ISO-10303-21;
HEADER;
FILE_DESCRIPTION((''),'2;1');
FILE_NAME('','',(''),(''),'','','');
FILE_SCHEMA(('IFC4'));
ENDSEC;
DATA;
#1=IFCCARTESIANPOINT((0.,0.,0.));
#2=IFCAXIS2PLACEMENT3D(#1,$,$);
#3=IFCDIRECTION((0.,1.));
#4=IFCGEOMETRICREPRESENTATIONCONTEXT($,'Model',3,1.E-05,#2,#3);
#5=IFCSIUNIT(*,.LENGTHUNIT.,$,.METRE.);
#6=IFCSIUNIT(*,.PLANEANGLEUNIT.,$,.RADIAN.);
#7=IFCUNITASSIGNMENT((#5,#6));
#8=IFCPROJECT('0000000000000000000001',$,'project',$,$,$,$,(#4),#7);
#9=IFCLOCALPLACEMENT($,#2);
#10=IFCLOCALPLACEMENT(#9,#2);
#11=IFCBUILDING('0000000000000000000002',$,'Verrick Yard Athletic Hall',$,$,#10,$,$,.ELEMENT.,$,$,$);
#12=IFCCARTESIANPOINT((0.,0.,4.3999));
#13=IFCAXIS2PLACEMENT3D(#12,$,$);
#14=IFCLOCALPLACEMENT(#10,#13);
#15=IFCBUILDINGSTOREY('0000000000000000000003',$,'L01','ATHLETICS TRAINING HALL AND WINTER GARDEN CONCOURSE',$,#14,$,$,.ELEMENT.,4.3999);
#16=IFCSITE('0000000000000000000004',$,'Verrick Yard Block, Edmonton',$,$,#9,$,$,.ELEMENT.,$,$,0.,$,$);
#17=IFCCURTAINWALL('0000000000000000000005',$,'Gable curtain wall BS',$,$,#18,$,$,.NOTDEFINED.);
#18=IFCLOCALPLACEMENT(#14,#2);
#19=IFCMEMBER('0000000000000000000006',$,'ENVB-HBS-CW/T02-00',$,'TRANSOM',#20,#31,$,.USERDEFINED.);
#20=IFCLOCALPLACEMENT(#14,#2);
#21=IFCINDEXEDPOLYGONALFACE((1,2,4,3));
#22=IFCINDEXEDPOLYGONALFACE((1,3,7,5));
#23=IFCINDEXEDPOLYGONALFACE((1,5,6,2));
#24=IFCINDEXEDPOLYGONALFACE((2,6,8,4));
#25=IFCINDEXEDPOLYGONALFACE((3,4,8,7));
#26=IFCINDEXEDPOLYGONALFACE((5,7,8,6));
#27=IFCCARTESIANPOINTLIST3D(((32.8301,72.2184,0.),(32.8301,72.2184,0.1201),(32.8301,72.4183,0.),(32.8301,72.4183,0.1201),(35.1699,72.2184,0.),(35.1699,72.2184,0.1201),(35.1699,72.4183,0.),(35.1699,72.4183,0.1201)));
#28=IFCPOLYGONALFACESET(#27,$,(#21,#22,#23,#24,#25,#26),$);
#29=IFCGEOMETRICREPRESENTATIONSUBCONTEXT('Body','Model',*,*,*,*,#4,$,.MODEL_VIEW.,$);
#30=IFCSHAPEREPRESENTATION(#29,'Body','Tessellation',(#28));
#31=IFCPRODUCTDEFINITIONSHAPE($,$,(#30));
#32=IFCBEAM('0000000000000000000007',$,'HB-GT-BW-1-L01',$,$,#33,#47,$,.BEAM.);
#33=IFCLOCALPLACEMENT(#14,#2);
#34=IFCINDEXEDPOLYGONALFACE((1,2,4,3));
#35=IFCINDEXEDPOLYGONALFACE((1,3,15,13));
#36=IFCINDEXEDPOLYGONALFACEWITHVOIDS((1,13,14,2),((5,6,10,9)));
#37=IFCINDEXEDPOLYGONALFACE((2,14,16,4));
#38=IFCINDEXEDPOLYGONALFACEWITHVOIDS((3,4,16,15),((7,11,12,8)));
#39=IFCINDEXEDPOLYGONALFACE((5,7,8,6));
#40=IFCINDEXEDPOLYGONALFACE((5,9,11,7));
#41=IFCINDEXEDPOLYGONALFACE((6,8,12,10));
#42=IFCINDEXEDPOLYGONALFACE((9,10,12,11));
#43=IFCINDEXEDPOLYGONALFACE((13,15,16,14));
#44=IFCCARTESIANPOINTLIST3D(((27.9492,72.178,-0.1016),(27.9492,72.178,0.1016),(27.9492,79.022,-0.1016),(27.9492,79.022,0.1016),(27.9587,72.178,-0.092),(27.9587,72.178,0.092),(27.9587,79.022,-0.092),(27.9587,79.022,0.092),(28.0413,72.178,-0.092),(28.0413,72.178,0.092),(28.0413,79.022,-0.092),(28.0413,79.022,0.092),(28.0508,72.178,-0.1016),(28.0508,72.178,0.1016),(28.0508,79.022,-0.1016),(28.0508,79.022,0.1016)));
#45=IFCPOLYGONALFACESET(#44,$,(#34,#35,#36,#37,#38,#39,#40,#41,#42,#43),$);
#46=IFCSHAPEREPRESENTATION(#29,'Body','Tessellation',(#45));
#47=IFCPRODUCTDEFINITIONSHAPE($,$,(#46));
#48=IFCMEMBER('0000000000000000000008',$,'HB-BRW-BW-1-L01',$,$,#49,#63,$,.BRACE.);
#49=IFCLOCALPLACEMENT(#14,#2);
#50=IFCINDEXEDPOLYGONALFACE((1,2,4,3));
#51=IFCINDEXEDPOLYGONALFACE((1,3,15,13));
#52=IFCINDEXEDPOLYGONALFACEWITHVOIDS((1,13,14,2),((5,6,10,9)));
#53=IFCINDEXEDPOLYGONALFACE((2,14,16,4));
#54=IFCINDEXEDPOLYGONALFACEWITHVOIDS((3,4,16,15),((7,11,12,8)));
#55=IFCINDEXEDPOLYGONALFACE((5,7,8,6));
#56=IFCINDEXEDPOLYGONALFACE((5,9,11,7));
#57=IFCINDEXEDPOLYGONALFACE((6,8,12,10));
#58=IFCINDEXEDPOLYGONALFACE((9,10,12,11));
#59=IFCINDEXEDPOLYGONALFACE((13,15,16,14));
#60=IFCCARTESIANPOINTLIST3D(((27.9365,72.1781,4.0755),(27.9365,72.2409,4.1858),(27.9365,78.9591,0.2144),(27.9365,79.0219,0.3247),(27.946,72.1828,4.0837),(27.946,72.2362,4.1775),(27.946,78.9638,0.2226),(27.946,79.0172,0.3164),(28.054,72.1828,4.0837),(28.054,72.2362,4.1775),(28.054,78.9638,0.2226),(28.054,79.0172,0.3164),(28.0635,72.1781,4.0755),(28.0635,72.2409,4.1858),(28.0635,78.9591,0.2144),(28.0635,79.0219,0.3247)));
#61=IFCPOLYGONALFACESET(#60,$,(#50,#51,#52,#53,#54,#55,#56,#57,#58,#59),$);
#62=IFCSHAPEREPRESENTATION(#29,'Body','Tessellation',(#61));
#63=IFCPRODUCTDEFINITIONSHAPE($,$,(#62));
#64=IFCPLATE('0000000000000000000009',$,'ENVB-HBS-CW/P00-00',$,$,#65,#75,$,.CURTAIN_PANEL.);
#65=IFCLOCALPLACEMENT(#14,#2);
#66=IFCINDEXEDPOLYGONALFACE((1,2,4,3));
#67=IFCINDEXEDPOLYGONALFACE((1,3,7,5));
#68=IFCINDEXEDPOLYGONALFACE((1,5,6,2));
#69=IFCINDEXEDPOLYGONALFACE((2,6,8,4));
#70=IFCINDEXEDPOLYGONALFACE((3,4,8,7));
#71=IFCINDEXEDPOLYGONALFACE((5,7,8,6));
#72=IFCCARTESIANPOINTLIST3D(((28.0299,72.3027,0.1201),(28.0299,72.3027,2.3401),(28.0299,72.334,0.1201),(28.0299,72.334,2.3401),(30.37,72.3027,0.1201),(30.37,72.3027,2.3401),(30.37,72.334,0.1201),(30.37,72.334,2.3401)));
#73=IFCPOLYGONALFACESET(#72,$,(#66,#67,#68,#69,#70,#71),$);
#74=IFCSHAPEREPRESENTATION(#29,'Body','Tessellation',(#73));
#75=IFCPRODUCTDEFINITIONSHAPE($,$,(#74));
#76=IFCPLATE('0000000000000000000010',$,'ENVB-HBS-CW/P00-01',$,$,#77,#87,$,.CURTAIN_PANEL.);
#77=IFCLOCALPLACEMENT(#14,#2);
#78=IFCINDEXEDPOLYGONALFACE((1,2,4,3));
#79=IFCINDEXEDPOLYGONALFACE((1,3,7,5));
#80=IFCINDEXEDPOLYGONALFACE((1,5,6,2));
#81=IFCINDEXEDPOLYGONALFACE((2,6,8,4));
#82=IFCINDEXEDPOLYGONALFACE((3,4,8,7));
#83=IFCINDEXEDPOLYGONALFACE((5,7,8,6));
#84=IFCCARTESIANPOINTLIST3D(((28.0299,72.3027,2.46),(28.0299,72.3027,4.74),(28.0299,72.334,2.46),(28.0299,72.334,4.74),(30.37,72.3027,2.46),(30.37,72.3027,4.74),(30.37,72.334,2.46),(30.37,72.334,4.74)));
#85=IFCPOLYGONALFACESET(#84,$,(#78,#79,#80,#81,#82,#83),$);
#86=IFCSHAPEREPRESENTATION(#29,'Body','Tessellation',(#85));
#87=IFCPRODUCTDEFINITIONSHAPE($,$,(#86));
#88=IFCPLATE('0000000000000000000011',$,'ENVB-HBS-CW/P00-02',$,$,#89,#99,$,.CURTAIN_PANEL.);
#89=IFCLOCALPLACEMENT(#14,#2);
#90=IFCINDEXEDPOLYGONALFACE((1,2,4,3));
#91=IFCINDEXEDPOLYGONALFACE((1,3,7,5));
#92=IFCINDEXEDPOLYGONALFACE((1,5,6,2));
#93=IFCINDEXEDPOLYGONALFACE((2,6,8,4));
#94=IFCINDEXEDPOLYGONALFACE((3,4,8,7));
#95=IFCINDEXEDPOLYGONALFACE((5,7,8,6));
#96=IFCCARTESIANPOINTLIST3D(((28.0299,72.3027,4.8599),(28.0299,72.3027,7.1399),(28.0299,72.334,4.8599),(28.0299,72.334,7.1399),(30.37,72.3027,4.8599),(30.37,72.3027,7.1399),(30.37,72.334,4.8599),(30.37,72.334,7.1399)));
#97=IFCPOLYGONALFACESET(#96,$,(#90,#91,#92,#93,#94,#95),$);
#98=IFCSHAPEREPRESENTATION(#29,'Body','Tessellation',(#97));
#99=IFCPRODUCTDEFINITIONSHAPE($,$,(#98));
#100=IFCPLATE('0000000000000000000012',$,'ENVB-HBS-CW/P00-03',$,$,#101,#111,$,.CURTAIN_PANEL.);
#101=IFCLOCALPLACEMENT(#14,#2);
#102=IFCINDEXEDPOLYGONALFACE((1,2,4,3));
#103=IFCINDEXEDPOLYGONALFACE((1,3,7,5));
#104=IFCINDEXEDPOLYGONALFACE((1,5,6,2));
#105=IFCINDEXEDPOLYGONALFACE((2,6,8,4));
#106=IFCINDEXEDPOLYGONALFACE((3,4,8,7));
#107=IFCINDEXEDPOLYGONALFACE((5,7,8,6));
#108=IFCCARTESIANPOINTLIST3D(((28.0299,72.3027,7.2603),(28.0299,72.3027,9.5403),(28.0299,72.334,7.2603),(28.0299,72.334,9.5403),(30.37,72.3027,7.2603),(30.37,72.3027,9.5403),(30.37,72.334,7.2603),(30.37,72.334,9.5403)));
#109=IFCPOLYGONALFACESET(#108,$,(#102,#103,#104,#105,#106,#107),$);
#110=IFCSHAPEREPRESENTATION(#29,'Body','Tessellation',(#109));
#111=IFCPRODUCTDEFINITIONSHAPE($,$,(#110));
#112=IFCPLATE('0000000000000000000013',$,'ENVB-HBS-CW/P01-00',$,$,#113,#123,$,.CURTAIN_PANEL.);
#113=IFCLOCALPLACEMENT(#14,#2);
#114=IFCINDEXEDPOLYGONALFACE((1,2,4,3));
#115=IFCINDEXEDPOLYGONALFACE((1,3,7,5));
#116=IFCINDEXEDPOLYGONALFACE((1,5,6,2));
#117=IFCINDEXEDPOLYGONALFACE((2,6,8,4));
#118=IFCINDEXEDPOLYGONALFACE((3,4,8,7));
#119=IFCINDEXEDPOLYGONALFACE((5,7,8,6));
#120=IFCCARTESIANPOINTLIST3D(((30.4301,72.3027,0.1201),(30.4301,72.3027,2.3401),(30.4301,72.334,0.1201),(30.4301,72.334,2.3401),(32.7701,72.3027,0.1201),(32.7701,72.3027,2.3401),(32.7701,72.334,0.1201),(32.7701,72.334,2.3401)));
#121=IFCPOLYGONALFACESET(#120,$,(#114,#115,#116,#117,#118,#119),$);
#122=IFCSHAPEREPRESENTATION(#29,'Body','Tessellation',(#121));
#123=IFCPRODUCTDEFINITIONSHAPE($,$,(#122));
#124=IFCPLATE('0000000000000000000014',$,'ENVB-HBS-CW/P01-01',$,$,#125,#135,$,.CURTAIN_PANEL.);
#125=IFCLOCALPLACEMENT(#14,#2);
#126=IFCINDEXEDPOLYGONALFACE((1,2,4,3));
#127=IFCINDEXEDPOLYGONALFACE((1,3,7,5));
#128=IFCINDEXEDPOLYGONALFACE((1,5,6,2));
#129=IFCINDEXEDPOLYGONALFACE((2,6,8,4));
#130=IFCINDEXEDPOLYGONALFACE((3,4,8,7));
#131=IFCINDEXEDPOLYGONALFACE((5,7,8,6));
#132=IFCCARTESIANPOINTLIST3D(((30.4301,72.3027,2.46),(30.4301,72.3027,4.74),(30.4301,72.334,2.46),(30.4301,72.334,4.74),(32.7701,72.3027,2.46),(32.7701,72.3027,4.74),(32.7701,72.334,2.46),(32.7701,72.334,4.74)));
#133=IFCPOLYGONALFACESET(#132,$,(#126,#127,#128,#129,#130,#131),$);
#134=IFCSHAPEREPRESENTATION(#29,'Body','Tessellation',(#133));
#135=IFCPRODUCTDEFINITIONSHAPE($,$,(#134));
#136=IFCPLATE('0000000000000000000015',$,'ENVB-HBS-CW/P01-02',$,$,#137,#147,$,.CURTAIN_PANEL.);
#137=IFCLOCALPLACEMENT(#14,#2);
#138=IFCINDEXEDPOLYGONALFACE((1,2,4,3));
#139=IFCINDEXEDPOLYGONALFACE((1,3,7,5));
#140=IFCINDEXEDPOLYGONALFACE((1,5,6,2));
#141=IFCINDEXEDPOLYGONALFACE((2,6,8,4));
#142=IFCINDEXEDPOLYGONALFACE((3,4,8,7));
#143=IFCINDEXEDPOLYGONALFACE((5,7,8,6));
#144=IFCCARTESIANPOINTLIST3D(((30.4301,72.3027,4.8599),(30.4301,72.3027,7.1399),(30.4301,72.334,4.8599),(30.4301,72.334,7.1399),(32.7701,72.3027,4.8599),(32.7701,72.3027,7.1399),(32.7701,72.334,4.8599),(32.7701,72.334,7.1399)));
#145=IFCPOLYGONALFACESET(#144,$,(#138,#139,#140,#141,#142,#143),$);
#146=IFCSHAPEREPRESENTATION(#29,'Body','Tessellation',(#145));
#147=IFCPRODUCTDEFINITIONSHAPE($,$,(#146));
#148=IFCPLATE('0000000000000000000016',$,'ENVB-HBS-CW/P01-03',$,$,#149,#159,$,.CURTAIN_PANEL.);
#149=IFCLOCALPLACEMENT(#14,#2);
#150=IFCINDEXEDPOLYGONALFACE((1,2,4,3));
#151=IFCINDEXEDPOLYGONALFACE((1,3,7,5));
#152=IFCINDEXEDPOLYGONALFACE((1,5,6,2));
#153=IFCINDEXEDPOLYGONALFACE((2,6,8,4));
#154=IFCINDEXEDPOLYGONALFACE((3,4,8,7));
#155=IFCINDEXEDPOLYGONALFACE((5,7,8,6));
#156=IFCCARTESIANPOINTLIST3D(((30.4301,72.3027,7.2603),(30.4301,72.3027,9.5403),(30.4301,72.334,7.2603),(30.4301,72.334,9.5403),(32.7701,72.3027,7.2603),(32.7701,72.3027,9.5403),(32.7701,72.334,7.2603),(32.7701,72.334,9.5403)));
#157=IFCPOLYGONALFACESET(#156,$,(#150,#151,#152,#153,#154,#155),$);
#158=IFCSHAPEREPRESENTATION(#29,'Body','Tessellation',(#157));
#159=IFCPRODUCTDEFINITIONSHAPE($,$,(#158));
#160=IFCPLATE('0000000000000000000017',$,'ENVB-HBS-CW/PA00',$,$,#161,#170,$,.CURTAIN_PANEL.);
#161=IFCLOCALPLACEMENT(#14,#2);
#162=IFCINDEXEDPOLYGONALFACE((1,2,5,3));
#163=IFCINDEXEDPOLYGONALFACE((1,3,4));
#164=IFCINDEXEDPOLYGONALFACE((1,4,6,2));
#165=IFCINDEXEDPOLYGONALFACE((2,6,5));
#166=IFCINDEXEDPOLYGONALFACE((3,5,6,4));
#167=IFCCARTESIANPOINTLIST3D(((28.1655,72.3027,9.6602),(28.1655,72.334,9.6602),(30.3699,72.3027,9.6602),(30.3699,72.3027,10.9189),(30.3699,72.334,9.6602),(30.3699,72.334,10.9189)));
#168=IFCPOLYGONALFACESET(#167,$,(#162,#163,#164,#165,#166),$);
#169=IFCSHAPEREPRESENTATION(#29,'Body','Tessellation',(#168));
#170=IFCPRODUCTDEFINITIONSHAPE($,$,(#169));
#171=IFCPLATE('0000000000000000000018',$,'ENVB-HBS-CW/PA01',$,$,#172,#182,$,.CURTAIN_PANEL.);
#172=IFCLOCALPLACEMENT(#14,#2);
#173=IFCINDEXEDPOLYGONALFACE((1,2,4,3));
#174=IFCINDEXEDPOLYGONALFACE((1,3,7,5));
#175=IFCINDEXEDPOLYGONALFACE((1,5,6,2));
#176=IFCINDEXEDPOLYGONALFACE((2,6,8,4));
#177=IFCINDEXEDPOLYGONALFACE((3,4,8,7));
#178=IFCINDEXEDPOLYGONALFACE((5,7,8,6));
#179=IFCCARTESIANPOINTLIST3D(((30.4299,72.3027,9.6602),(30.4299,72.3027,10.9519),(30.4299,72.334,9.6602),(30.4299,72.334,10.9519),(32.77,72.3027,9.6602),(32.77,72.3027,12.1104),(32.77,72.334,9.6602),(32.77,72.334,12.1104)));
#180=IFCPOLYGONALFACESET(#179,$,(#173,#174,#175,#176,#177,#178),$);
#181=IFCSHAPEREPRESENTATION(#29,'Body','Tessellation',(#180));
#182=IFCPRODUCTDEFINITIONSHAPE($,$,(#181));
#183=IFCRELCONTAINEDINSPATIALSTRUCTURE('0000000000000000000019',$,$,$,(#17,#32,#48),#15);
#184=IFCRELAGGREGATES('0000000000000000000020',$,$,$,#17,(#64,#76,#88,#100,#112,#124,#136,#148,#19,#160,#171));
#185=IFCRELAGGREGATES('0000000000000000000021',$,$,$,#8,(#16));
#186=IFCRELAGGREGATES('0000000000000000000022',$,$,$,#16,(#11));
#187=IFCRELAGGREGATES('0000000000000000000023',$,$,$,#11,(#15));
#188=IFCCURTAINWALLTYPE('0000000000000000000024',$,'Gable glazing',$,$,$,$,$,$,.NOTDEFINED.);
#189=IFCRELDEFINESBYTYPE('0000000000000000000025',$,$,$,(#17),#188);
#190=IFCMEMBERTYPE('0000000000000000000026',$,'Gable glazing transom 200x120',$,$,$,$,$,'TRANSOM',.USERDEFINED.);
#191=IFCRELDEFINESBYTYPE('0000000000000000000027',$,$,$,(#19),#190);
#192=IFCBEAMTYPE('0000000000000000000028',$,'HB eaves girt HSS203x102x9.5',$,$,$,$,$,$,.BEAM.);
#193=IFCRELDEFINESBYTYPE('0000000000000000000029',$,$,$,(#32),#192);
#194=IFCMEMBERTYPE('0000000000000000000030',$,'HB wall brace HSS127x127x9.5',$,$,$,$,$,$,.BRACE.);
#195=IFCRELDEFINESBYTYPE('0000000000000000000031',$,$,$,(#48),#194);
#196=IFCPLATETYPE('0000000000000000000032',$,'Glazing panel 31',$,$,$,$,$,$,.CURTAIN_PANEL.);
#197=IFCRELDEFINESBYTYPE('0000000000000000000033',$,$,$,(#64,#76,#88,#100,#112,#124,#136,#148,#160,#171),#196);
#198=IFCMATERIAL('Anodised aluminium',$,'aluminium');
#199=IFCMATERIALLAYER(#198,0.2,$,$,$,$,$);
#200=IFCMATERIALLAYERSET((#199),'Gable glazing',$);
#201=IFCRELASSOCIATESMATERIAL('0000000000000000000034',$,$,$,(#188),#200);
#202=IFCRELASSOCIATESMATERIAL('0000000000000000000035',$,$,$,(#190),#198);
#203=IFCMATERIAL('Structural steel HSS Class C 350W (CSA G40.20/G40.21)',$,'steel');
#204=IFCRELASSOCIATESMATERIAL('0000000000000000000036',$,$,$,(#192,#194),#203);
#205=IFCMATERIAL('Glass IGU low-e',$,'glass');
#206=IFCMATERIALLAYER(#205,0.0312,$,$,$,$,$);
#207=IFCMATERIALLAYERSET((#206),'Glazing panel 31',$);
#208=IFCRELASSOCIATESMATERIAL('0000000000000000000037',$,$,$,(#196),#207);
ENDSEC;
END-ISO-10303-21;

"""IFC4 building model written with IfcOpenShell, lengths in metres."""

from ifc_helpers import new_model, si_unit, direction, frame, origin, origin_2d, place, context, subcontext, project, spatial, polyline, rectangle, hollow_rectangle, outline, extrude, material, layer, layer_set, material_profile, profile_set, type_object, element, aggregate, save


model = new_model("IFC4")

# Units and contexts
model_context = context("Model", 3, precision=1e-05, world=origin(), true_north=direction((0.0, 1.0)))
body_context = subcontext(model_context, "Body", "Model", "MODEL_VIEW")
ifc_project = project(units=[si_unit("LENGTHUNIT", "METRE"), si_unit("PLANEANGLEUNIT", "RADIAN")], contexts=[model_context])

# Site, building, storey
site_placement = place(None, origin())
site = spatial("IfcSite", under=ifc_project, at=site_placement, Name="Verrick Yard Block, Edmonton", CompositionType="ELEMENT", RefElevation=0.0)
building_placement = place(site_placement, origin())
building = spatial("IfcBuilding", under=site, at=building_placement, Name="Verrick Yard Athletic Hall", CompositionType="ELEMENT")
storey_placement = place(building_placement, frame((0.0, 0.0, 4.3999)))
storey = spatial("IfcBuildingStorey", under=building, at=storey_placement, Name="L01", Description="ATHLETICS TRAINING HALL AND WINTER GARDEN CONCOURSE", CompositionType="ELEMENT", Elevation=4.3999)

# Curtain wall, member
ifc_material_1 = material(Name="Anodised aluminium", Category="aluminium")
ifc_layer_1 = layer(ifc_material_1, 0.2)
ifc_layer_set_1 = layer_set([ifc_layer_1], Name="Gable glazing")
curtain_wall_type = type_object("IfcCurtainWallType", Name="Gable glazing", PredefinedType="NOTDEFINED", material=ifc_layer_set_1)
curtain_wall_placement = place(storey_placement, origin())
curtain_wall = element("IfcCurtainWall", 1, at=curtain_wall_placement, inside=storey, type_object=curtain_wall_type, Name="Gable curtain wall BS", PredefinedType="NOTDEFINED")
ifc_material_profile_1 = material_profile(ifc_material_1, rectangle(XDim=0.2, YDim=0.1201, at=origin_2d()), Name="CW gable transom 200x120")
ifc_profile_set_1 = profile_set([ifc_material_profile_1], Name="Anodised aluminium")
member_type_1 = type_object("IfcMemberType", Name="Gable glazing transom 200x120", ElementType="TRANSOM", PredefinedType="USERDEFINED", material=ifc_profile_set_1)
member_1_placement = place(storey_placement, frame((32.8301, 72.3184, 0.0601), z_axis=(1.0, 0.0, 0.0), x_axis=(0.0, 1.0, 0.0)))
member_1 = element("IfcMember", 2, at=member_1_placement, type_object=member_type_1, Name="ENVB-HBS-CW/T02-00", ObjectType="TRANSOM", PredefinedType="USERDEFINED", context=body_context, shape_type="SweptSolid", body=[
    extrude(rectangle(XDim=0.2, YDim=0.1201, at=origin_2d()), origin(), (0.0, 0.0, 1.0), 2.3398),
])

# Beam
ifc_material_2 = material(Name="Structural steel HSS Class C 350W (CSA G40.20/G40.21)", Category="steel")
ifc_material_profile_2 = material_profile(ifc_material_2, hollow_rectangle(XDim=0.1016, YDim=0.2031, WallThickness=0.0095, at=origin_2d()), Name="HSS203x102x9.5")
ifc_profile_set_2 = profile_set([ifc_material_profile_2], Name="Structural steel HSS Class C 350W (CSA G40.20/G40.21)")
beam_type = type_object("IfcBeamType", Name="HB eaves girt HSS203x102x9.5", PredefinedType="BEAM", material=ifc_profile_set_2)
beam_placement = place(storey_placement, frame((28.0, 72.178, 0.0), z_axis=(0.0, 1.0, 0.0), x_axis=(-1.0, 0.0, 0.0)))
element("IfcBeam", 3, at=beam_placement, inside=storey, type_object=beam_type, Name="HB-GT-BW-1-L01", PredefinedType="BEAM", context=body_context, shape_type="SweptSolid", body=[
    extrude(hollow_rectangle(XDim=0.1016, YDim=0.2031, WallThickness=0.0095, at=origin_2d()), origin(), (0.0, 0.0, 1.0), 6.844),
])

# Member
ifc_material_profile_3 = material_profile(ifc_material_2, hollow_rectangle(XDim=0.127, YDim=0.127, WallThickness=0.0095, at=origin_2d()), Name="HSS127x127x9.5")
ifc_profile_set_3 = profile_set([ifc_material_profile_3], Name="Structural steel HSS Class C 350W (CSA G40.20/G40.21)")
member_type_2 = type_object("IfcMemberType", Name="HB wall brace HSS127x127x9.5", PredefinedType="BRACE", material=ifc_profile_set_3)
member_2_placement = place(storey_placement, frame((28.0, 72.2095, 4.1306), z_axis=(0.0, 0.869003, -0.494807), x_axis=(-1.0, 0.0, 0.0)))
element("IfcMember", 4, at=member_2_placement, inside=storey, type_object=member_type_2, Name="HB-BRW-BW-1-L01", PredefinedType="BRACE", context=body_context, shape_type="SweptSolid", body=[
    extrude(hollow_rectangle(XDim=0.127, YDim=0.127, WallThickness=0.0095, at=origin_2d()), origin(), (0.0, 0.0, 1.0), 7.8032),
])

# Plates
ifc_material_3 = material(Name="Glass IGU low-e", Category="glass")
ifc_layer_2 = layer(ifc_material_3, 0.0312)
ifc_layer_set_2 = layer_set([ifc_layer_2], Name="Glazing panel 31")
plate_type = type_object("IfcPlateType", Name="Glazing panel 31", PredefinedType="CURTAIN_PANEL", material=ifc_layer_set_2)
plate_1_placement = place(storey_placement, frame((29.2, 72.3184, 0.1201), z_axis=(0.0, 0.0, 1.0), x_axis=(1.0, 0.0, 0.0)))
plate_1 = element("IfcPlate", 5, at=plate_1_placement, type_object=plate_type, Name="ENVB-HBS-CW/P00-00", PredefinedType="CURTAIN_PANEL", context=body_context, shape_type="SweptSolid", body=[
    extrude(rectangle(XDim=2.3401, YDim=0.0312, at=origin_2d()), origin(), (0.0, 0.0, 1.0), 2.22),
])
plate_2_placement = place(storey_placement, frame((29.2, 72.3184, 2.46), z_axis=(0.0, 0.0, 1.0), x_axis=(1.0, 0.0, 0.0)))
plate_2 = element("IfcPlate", 6, at=plate_2_placement, type_object=plate_type, Name="ENVB-HBS-CW/P00-01", PredefinedType="CURTAIN_PANEL", context=body_context, shape_type="SweptSolid", body=[
    extrude(rectangle(XDim=2.3401, YDim=0.0312, at=origin_2d()), origin(), (0.0, 0.0, 1.0), 2.28),
])
plate_3_placement = place(storey_placement, frame((29.2, 72.3184, 4.8599), z_axis=(0.0, 0.0, 1.0), x_axis=(1.0, 0.0, 0.0)))
plate_3 = element("IfcPlate", 7, at=plate_3_placement, type_object=plate_type, Name="ENVB-HBS-CW/P00-02", PredefinedType="CURTAIN_PANEL", context=body_context, shape_type="SweptSolid", body=[
    extrude(rectangle(XDim=2.3401, YDim=0.0312, at=origin_2d()), origin(), (0.0, 0.0, 1.0), 2.28),
])
plate_4_placement = place(storey_placement, frame((29.2, 72.3184, 7.2603), z_axis=(0.0, 0.0, 1.0), x_axis=(1.0, 0.0, 0.0)))
plate_4 = element("IfcPlate", 8, at=plate_4_placement, type_object=plate_type, Name="ENVB-HBS-CW/P00-03", PredefinedType="CURTAIN_PANEL", context=body_context, shape_type="SweptSolid", body=[
    extrude(rectangle(XDim=2.3401, YDim=0.0312, at=origin_2d()), origin(), (0.0, 0.0, 1.0), 2.28),
])
plate_5_placement = place(storey_placement, frame((31.6001, 72.3184, 0.1201), z_axis=(0.0, 0.0, 1.0), x_axis=(1.0, 0.0, 0.0)))
plate_5 = element("IfcPlate", 9, at=plate_5_placement, type_object=plate_type, Name="ENVB-HBS-CW/P01-00", PredefinedType="CURTAIN_PANEL", context=body_context, shape_type="SweptSolid", body=[
    extrude(rectangle(XDim=2.3401, YDim=0.0312, at=origin_2d()), origin(), (0.0, 0.0, 1.0), 2.22),
])
plate_6_placement = place(storey_placement, frame((31.6001, 72.3184, 2.46), z_axis=(0.0, 0.0, 1.0), x_axis=(1.0, 0.0, 0.0)))
plate_6 = element("IfcPlate", 10, at=plate_6_placement, type_object=plate_type, Name="ENVB-HBS-CW/P01-01", PredefinedType="CURTAIN_PANEL", context=body_context, shape_type="SweptSolid", body=[
    extrude(rectangle(XDim=2.3401, YDim=0.0312, at=origin_2d()), origin(), (0.0, 0.0, 1.0), 2.28),
])
plate_7_placement = place(storey_placement, frame((31.6001, 72.3184, 4.8599), z_axis=(0.0, 0.0, 1.0), x_axis=(1.0, 0.0, 0.0)))
plate_7 = element("IfcPlate", 11, at=plate_7_placement, type_object=plate_type, Name="ENVB-HBS-CW/P01-02", PredefinedType="CURTAIN_PANEL", context=body_context, shape_type="SweptSolid", body=[
    extrude(rectangle(XDim=2.3401, YDim=0.0312, at=origin_2d()), origin(), (0.0, 0.0, 1.0), 2.28),
])
plate_8_placement = place(storey_placement, frame((31.6001, 72.3184, 7.2603), z_axis=(0.0, 0.0, 1.0), x_axis=(1.0, 0.0, 0.0)))
plate_8 = element("IfcPlate", 12, at=plate_8_placement, type_object=plate_type, Name="ENVB-HBS-CW/P01-03", PredefinedType="CURTAIN_PANEL", context=body_context, shape_type="SweptSolid", body=[
    extrude(rectangle(XDim=2.3401, YDim=0.0312, at=origin_2d()), origin(), (0.0, 0.0, 1.0), 2.28),
])
plate_9_placement = place(storey_placement, frame((28.1655, 72.3184, 9.6602), z_axis=(0.0, 0.0, 1.0), x_axis=(1.0, 0.0, 0.0)))
plate_9 = element("IfcPlate", 13, at=plate_9_placement, type_object=plate_type, Name="ENVB-HBS-CW/PA00", PredefinedType="CURTAIN_PANEL", context=body_context, shape_type="SweptSolid", body=[
    extrude(outline(polyline([(2.2043, 1.2588), (2.2043, 0.0), (0.0, 0.0), (2.2043, 1.2588)])), frame((0.0, 0.0156, 0.0), z_axis=(0.0, -1.0, 0.0), x_axis=(1.0, 0.0, 0.0)), (0.0, 0.0, 1.0), 0.0312),
])
plate_10_placement = place(storey_placement, frame((30.4299, 72.3184, 9.6602), z_axis=(0.0, 0.0, 1.0), x_axis=(1.0, 0.0, 0.0)))
plate_10 = element("IfcPlate", 14, at=plate_10_placement, type_object=plate_type, Name="ENVB-HBS-CW/PA01", PredefinedType="CURTAIN_PANEL", context=body_context, shape_type="SweptSolid", body=[
    extrude(outline(polyline([(0.0, 1.2917), (2.3401, 2.4502), (2.3401, 0.0), (0.0, 0.0), (0.0, 1.2917)])), frame((0.0, 0.0156, 0.0), z_axis=(0.0, -1.0, 0.0), x_axis=(1.0, 0.0, 0.0)), (0.0, 0.0, 1.0), 0.0312),
])
aggregate(curtain_wall, [plate_1, plate_2, plate_3, plate_4, plate_5, plate_6, plate_7, plate_8, member_1, plate_9, plate_10])

save(model, "model.ifc")
